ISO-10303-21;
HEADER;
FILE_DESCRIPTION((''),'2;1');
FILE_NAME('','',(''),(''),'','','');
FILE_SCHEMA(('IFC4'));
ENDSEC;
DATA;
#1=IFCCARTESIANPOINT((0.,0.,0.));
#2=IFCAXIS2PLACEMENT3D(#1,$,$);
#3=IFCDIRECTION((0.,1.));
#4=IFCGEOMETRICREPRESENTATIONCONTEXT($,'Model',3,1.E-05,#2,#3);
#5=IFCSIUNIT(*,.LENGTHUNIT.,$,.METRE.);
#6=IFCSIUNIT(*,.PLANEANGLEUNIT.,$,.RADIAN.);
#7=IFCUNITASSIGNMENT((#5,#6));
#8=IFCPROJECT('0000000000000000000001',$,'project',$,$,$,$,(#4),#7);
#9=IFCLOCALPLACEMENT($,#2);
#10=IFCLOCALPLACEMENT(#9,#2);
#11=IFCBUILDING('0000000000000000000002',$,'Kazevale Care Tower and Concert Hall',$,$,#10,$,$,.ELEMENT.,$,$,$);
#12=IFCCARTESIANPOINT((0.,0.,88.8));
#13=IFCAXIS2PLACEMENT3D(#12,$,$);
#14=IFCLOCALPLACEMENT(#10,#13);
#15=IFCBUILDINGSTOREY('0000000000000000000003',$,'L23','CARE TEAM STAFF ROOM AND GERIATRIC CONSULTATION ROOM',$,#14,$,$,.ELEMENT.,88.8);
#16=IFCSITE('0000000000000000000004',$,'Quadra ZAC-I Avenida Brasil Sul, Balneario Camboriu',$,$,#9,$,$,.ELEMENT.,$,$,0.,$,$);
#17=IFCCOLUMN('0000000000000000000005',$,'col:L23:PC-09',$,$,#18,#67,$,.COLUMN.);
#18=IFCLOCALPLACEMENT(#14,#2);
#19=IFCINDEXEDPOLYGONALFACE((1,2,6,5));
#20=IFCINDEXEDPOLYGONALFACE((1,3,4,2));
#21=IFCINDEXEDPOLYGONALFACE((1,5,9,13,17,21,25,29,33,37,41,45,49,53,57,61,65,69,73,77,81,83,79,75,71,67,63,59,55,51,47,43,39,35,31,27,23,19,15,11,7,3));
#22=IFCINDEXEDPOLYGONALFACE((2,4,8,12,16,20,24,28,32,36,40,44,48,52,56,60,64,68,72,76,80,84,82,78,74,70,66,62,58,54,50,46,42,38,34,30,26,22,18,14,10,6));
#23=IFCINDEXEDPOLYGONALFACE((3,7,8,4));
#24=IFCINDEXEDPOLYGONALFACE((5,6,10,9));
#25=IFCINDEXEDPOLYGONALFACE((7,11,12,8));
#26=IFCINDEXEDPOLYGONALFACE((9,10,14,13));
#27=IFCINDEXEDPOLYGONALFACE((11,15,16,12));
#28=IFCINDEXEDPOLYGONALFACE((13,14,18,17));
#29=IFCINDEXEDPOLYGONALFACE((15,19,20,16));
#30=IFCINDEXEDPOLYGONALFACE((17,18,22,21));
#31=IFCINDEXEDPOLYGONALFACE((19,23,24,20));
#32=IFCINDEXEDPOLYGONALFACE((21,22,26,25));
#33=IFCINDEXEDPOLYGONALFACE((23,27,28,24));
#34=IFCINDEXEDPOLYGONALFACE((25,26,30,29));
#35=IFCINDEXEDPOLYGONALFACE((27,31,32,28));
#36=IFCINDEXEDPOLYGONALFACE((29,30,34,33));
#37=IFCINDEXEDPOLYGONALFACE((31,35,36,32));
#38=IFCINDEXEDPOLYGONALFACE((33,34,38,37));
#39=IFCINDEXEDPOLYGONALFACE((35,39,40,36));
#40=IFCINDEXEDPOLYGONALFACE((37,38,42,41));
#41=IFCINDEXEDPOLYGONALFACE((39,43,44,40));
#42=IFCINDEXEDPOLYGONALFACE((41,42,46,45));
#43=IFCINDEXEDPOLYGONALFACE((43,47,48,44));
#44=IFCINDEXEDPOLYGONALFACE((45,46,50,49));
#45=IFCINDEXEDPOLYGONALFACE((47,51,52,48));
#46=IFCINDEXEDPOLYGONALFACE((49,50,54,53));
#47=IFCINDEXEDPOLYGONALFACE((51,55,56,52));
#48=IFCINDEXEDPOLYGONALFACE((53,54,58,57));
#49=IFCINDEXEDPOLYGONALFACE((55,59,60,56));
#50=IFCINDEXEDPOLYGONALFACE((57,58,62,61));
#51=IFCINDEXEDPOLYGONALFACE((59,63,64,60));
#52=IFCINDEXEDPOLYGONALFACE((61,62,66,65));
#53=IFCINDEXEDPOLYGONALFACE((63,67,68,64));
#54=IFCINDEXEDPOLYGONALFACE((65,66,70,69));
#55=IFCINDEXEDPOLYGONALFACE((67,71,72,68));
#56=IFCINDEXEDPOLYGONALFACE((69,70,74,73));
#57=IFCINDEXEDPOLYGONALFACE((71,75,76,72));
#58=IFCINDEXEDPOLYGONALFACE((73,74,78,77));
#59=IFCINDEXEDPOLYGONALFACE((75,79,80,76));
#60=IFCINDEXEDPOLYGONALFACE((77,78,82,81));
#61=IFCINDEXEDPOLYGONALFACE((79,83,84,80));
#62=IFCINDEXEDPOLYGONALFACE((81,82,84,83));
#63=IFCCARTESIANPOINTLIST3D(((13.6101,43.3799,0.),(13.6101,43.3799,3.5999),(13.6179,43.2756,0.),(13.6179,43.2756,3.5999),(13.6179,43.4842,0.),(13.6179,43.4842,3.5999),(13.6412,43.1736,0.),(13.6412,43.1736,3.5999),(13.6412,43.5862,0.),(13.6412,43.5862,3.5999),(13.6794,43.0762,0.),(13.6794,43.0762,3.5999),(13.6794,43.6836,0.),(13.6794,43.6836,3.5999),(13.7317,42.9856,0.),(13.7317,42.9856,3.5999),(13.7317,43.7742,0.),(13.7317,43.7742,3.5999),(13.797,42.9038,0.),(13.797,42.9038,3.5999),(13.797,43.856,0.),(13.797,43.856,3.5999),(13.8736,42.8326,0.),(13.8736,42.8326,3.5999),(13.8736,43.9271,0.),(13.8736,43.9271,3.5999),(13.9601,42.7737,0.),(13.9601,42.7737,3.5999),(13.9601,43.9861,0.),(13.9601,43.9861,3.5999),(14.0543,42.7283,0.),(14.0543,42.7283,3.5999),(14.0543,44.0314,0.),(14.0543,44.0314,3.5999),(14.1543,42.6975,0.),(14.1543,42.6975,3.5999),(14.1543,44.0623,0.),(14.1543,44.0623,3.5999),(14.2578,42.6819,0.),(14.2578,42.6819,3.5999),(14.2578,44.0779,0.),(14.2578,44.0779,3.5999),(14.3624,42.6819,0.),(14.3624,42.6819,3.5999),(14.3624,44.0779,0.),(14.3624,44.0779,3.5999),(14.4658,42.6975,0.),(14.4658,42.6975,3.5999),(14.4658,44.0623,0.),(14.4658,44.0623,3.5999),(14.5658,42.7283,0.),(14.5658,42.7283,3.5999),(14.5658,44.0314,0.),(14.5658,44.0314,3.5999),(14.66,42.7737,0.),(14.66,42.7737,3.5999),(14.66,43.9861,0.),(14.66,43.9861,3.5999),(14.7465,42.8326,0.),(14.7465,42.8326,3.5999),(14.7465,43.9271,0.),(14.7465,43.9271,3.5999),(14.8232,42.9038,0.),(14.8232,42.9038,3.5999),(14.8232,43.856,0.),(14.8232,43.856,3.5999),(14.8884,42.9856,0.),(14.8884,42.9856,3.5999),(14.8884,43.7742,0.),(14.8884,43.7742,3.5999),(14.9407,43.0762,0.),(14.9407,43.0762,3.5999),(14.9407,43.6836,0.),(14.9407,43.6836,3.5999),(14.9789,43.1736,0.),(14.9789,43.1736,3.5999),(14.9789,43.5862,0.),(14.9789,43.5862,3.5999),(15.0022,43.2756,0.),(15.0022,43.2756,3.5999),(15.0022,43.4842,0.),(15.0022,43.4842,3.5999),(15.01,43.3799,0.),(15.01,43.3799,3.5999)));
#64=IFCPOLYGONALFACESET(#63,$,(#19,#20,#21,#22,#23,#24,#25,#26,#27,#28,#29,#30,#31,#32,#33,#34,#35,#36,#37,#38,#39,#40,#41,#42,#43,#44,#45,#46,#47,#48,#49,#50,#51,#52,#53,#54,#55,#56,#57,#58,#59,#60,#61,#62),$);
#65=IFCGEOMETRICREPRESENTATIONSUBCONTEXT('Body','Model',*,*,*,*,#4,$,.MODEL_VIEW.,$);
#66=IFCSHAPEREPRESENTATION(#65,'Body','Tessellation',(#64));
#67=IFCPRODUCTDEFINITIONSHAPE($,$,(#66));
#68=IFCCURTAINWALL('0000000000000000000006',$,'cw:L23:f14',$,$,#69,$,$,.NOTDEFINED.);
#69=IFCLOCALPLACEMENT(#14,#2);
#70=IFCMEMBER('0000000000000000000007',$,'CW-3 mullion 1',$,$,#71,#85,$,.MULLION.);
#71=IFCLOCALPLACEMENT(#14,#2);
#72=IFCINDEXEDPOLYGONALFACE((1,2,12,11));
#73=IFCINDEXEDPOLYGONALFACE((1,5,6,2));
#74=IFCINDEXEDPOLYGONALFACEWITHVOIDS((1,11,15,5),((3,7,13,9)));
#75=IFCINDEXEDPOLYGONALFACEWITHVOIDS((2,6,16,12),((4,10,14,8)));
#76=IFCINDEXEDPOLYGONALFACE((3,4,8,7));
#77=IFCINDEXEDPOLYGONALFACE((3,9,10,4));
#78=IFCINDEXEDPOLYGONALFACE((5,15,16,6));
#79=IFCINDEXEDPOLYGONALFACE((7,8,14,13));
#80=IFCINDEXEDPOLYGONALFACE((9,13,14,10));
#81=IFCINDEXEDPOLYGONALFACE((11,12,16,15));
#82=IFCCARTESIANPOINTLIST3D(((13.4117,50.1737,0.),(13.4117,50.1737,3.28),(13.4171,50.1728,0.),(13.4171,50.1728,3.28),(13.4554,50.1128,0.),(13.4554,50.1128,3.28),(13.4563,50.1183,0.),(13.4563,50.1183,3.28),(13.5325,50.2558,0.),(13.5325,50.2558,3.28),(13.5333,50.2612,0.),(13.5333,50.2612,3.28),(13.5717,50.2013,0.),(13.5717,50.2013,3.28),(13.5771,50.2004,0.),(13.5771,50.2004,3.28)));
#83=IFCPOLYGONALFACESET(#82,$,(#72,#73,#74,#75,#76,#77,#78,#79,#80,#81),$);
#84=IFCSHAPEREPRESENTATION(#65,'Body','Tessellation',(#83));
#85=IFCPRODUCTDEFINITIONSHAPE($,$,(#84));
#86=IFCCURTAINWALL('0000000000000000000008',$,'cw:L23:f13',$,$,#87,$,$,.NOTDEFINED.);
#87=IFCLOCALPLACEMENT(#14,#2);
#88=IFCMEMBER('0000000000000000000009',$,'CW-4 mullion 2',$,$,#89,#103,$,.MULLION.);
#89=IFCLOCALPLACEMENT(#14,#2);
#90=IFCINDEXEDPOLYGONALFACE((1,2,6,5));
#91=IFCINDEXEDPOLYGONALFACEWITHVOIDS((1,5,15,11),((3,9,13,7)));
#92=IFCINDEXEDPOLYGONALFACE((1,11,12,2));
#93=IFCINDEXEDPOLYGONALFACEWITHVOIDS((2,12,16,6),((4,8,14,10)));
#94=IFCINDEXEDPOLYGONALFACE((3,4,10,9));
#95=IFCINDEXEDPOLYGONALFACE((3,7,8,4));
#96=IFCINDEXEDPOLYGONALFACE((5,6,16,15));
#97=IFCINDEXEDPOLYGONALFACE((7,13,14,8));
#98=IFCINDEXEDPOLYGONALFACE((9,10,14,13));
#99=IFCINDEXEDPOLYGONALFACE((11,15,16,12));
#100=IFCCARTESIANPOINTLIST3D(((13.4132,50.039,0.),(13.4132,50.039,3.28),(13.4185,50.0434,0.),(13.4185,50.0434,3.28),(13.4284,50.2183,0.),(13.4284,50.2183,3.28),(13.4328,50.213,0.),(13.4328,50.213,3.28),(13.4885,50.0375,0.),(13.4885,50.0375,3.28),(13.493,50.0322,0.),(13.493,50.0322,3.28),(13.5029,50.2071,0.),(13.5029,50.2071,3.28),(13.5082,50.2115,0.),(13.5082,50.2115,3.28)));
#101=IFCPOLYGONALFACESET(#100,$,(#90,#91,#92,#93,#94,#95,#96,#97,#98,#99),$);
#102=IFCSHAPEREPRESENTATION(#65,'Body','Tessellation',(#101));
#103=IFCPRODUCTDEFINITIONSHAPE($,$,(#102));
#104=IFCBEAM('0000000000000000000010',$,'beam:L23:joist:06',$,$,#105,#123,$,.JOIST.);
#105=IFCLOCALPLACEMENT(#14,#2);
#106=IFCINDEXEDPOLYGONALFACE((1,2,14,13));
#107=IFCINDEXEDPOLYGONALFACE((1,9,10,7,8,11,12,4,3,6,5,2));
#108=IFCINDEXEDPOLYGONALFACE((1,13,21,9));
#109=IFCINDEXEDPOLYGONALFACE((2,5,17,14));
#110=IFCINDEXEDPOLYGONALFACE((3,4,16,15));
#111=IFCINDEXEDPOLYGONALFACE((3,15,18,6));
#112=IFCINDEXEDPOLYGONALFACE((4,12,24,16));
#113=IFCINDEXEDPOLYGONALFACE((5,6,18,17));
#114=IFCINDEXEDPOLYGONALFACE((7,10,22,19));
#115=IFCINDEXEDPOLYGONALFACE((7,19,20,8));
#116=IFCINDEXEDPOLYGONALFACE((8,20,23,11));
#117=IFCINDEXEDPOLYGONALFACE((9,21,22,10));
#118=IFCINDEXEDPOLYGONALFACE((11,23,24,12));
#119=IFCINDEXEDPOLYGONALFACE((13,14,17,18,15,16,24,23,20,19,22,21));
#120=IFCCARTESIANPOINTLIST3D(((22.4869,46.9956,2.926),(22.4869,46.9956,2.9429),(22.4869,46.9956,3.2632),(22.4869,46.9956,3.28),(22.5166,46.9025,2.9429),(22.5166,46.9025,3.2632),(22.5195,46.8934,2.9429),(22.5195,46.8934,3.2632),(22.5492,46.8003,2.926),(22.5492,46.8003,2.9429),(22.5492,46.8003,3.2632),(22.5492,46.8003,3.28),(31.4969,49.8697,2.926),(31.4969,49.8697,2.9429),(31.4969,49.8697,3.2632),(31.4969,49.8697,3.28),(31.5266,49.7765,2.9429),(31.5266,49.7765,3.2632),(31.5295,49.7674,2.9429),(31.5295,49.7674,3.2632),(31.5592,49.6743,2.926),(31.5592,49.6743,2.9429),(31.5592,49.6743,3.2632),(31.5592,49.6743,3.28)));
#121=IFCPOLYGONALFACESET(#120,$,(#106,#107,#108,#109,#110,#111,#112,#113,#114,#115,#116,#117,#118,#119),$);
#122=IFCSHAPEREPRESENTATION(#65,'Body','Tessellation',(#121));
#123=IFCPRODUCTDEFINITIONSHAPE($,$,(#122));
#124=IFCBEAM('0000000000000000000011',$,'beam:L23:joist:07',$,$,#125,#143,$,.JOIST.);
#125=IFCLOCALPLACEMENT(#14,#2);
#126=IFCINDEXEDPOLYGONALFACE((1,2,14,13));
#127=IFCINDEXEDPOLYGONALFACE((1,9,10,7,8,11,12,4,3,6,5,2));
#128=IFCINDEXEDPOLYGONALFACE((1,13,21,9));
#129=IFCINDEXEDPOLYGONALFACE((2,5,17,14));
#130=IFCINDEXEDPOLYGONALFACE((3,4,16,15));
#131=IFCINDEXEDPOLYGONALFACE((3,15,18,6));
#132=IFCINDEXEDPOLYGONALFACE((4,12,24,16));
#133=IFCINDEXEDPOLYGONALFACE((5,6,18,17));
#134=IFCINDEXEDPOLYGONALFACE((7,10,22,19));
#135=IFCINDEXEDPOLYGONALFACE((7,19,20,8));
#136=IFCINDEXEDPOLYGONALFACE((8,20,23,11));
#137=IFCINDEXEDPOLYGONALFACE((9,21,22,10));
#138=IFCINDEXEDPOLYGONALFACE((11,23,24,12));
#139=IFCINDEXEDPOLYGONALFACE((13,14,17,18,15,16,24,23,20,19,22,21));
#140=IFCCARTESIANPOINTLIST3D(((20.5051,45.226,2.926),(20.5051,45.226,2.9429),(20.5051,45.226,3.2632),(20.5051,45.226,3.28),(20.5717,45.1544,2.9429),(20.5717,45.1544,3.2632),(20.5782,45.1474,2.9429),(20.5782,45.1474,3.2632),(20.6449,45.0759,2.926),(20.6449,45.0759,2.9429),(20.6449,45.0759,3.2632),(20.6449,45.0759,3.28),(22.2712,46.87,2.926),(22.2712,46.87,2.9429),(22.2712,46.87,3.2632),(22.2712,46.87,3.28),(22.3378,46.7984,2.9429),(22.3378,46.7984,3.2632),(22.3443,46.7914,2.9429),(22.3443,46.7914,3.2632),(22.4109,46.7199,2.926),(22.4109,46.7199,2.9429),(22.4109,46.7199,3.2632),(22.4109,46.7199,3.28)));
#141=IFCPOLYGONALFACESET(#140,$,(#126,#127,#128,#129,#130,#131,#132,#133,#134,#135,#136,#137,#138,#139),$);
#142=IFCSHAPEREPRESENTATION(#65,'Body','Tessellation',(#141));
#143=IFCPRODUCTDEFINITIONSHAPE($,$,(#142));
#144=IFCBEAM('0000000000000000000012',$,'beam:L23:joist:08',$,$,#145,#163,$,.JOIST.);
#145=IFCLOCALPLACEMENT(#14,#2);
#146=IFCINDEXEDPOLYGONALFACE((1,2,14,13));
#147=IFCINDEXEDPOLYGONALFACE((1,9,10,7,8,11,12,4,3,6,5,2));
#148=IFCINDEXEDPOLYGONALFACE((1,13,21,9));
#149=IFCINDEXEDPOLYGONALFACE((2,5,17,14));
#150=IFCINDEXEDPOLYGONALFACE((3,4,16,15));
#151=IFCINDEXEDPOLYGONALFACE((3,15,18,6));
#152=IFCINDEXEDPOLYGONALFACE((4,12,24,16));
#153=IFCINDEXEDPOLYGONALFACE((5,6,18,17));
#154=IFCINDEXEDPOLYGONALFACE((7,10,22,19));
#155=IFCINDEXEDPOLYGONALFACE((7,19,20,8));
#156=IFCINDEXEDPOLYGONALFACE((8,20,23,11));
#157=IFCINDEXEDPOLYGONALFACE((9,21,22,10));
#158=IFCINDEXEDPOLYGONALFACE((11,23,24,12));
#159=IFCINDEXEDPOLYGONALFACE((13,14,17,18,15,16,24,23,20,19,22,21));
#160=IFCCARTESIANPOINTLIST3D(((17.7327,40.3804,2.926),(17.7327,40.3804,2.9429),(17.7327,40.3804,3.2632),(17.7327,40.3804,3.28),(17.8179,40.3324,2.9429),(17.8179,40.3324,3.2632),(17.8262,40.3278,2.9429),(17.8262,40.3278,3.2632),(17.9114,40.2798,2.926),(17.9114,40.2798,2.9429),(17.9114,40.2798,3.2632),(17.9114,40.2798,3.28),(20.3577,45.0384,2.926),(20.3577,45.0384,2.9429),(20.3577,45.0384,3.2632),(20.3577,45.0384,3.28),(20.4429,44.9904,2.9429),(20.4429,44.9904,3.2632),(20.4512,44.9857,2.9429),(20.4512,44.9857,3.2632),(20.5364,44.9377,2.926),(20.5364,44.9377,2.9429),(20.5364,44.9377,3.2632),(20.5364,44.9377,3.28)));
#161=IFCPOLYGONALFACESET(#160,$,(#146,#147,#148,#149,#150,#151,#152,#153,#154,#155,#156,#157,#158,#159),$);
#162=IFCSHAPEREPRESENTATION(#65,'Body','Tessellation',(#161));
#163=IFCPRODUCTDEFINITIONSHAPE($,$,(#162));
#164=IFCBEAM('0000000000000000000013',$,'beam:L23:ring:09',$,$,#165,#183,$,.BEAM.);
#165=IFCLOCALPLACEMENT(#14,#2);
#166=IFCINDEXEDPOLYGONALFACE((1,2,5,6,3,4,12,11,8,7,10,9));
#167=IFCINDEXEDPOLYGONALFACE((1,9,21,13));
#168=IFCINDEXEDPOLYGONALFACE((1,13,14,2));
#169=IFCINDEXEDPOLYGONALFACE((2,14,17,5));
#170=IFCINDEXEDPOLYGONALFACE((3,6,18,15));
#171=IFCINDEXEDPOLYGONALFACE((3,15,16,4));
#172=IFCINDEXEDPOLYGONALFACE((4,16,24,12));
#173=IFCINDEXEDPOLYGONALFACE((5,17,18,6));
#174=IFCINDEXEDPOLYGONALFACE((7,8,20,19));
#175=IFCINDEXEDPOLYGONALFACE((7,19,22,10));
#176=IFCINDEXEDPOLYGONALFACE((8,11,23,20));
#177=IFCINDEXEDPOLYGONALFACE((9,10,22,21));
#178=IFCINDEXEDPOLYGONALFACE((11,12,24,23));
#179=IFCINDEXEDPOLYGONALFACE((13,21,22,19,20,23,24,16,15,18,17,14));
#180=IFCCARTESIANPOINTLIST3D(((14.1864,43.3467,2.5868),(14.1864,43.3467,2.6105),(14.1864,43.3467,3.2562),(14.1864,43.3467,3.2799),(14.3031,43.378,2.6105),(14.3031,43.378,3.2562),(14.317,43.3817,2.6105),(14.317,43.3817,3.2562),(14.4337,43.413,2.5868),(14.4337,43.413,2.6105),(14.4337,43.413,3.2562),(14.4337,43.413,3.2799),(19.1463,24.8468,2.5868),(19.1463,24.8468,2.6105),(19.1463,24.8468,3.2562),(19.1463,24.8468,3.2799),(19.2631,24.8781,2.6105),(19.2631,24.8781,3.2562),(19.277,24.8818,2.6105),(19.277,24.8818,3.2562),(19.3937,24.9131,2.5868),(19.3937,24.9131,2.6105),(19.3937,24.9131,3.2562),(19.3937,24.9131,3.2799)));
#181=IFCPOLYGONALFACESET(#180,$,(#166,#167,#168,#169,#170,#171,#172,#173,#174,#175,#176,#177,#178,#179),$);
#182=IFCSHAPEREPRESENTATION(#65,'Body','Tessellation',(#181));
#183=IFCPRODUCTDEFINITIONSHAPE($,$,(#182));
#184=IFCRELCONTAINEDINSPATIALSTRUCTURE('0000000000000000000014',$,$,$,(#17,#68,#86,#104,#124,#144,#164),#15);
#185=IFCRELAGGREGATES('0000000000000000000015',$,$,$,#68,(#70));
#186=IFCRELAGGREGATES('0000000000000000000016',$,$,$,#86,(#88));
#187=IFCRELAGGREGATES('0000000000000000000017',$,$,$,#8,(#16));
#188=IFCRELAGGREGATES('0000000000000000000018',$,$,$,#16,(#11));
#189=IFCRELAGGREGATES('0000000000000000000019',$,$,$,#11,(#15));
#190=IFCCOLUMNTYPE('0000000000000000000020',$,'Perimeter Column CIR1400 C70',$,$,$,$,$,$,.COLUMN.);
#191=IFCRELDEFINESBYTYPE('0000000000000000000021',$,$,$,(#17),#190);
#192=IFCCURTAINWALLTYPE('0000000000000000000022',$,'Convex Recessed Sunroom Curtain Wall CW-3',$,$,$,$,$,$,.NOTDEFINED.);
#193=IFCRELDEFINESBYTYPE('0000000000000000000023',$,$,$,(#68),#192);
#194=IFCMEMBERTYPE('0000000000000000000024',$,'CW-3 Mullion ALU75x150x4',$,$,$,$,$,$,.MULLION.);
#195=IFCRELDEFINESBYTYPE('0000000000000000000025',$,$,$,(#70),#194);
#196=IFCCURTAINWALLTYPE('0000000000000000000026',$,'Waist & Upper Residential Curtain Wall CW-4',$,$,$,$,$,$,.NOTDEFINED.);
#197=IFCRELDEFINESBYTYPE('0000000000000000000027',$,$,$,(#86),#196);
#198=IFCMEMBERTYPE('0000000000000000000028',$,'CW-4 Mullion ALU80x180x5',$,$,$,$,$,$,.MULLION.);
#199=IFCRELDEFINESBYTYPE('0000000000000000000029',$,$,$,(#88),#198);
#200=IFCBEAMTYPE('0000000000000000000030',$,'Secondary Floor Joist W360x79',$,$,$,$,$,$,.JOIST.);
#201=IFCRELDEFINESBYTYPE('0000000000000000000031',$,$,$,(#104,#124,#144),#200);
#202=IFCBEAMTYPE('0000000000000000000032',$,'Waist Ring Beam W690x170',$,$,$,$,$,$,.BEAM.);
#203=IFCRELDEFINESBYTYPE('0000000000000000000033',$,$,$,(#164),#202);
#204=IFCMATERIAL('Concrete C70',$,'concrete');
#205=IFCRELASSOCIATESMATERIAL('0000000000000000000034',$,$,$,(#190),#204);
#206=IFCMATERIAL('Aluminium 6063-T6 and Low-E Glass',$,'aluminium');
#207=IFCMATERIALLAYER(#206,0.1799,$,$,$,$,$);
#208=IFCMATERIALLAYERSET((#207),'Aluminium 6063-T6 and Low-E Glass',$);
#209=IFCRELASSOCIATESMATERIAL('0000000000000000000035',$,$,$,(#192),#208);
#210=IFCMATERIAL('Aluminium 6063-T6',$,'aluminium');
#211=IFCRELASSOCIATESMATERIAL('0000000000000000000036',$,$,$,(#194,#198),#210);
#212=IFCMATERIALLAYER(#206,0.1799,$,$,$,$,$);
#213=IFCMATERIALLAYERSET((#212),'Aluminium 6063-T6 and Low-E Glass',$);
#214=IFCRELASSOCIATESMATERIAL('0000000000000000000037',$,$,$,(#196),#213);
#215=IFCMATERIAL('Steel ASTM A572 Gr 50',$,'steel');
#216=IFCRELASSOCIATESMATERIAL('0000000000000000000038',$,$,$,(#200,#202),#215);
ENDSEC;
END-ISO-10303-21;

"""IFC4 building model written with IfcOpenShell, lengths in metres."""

from ifc_helpers import new_model, si_unit, direction, frame, origin, origin_2d, place, context, subcontext, project, spatial, hollow_rectangle, circle, i_section, extrude, material, layer, layer_set, material_profile, profile_set, type_object, element, aggregate, save


model = new_model("IFC4")

# Units and contexts
model_context = context("Model", 3, precision=1e-05, world=origin(), true_north=direction((0.0, 1.0)))
body_context = subcontext(model_context, "Body", "Model", "MODEL_VIEW")
ifc_project = project(units=[si_unit("LENGTHUNIT", "METRE"), si_unit("PLANEANGLEUNIT", "RADIAN")], contexts=[model_context])

# Site, building, storey
site_placement = place(None, origin())
site = spatial("IfcSite", under=ifc_project, at=site_placement, Name="Quadra ZAC-I Avenida Brasil Sul, Balneario Camboriu", CompositionType="ELEMENT", RefElevation=0.0)
building_placement = place(site_placement, origin())
building = spatial("IfcBuilding", under=site, at=building_placement, Name="Kazevale Care Tower and Concert Hall", CompositionType="ELEMENT")
storey_placement = place(building_placement, frame((0.0, 0.0, 88.8)))
storey = spatial("IfcBuildingStorey", under=building, at=storey_placement, Name="L23", Description="CARE TEAM STAFF ROOM AND GERIATRIC CONSULTATION ROOM", CompositionType="ELEMENT", Elevation=88.8)

# Column
ifc_material_1 = material(Name="Concrete C70", Category="concrete")
ifc_material_profile_1 = material_profile(ifc_material_1, circle(Radius=0.7, at=origin_2d()), Name="RC-CIR1400")
ifc_profile_set_1 = profile_set([ifc_material_profile_1], Name="Concrete C70")
column_type = type_object("IfcColumnType", Name="Perimeter Column CIR1400 C70", PredefinedType="COLUMN", material=ifc_profile_set_1)
column_placement = place(storey_placement, frame((14.3101, 43.3799, 0.0), z_axis=(0.0, 0.0, 1.0), x_axis=(1.0, 0.0, 0.0)))
element("IfcColumn", 1, at=column_placement, inside=storey, type_object=column_type, Name="col:L23:PC-09", PredefinedType="COLUMN", context=body_context, shape_type="SweptSolid", body=[
    extrude(circle(Radius=0.7, at=origin_2d()), origin(), (0.0, 0.0, 1.0), 3.5999),
])

# Curtain walls, members
ifc_material_2 = material(Name="Aluminium 6063-T6 and Low-E Glass", Category="aluminium")
ifc_layer_1 = layer(ifc_material_2, 0.1799)
ifc_layer_set_1 = layer_set([ifc_layer_1], Name="Aluminium 6063-T6 and Low-E Glass")
curtain_wall_type_1 = type_object("IfcCurtainWallType", Name="Convex Recessed Sunroom Curtain Wall CW-3", PredefinedType="NOTDEFINED", material=ifc_layer_set_1)
curtain_wall_1_placement = place(storey_placement, origin())
curtain_wall_1 = element("IfcCurtainWall", 2, at=curtain_wall_1_placement, inside=storey, type_object=curtain_wall_type_1, Name="cw:L23:f14", PredefinedType="NOTDEFINED")
ifc_material_3 = material(Name="Aluminium 6063-T6", Category="aluminium")
ifc_material_profile_2 = material_profile(ifc_material_3, hollow_rectangle(XDim=0.075, YDim=0.1499, WallThickness=0.0039, at=origin_2d()), Name="ALU75x150x4")
ifc_profile_set_2 = profile_set([ifc_material_profile_2], Name="Aluminium 6063-T6")
member_type_1 = type_object("IfcMemberType", Name="CW-3 Mullion ALU75x150x4", PredefinedType="MULLION", material=ifc_profile_set_2)
member_1_placement = place(storey_placement, frame((13.4944, 50.187, 0.0), z_axis=(0.0, 0.0, 1.0), x_axis=(-0.583994, 0.811758, 0.0)))
member_1 = element("IfcMember", 3, at=member_1_placement, type_object=member_type_1, Name="CW-3 mullion 1", PredefinedType="MULLION", context=body_context, shape_type="SweptSolid", body=[
    extrude(hollow_rectangle(XDim=0.075, YDim=0.1499, WallThickness=0.0039, at=origin_2d()), origin(), (0.0, 0.0, 1.0), 3.28),
])
aggregate(curtain_wall_1, [member_1])
ifc_layer_2 = layer(ifc_material_2, 0.1799)
ifc_layer_set_2 = layer_set([ifc_layer_2], Name="Aluminium 6063-T6 and Low-E Glass")
curtain_wall_type_2 = type_object("IfcCurtainWallType", Name="Waist & Upper Residential Curtain Wall CW-4", PredefinedType="NOTDEFINED", material=ifc_layer_set_2)
curtain_wall_2_placement = place(storey_placement, origin())
curtain_wall_2 = element("IfcCurtainWall", 4, at=curtain_wall_2_placement, inside=storey, type_object=curtain_wall_type_2, Name="cw:L23:f13", PredefinedType="NOTDEFINED")
ifc_material_profile_3 = material_profile(ifc_material_3, hollow_rectangle(XDim=0.0801, YDim=0.1799, WallThickness=0.0049, at=origin_2d()), Name="ALU80x180x5")
ifc_profile_set_3 = profile_set([ifc_material_profile_3], Name="Aluminium 6063-T6")
member_type_2 = type_object("IfcMemberType", Name="CW-4 Mullion ALU80x180x5", PredefinedType="MULLION", material=ifc_profile_set_3)
member_2_placement = place(storey_placement, frame((13.4607, 50.1252, 0.0), z_axis=(0.0, 0.0, 1.0), x_axis=(-0.996431, 0.084413, 0.0)))
member_2 = element("IfcMember", 5, at=member_2_placement, type_object=member_type_2, Name="CW-4 mullion 2", PredefinedType="MULLION", context=body_context, shape_type="SweptSolid", body=[
    extrude(hollow_rectangle(XDim=0.0801, YDim=0.1799, WallThickness=0.0049, at=origin_2d()), origin(), (0.0, 0.0, 1.0), 3.28),
])

# Beams
ifc_material_4 = material(Name="Steel ASTM A572 Gr 50", Category="steel")
ifc_material_profile_4 = material_profile(ifc_material_4, i_section(OverallWidth=0.2051, OverallDepth=0.354, WebThickness=0.0095, FlangeThickness=0.0168, at=origin_2d()), Name="W360x79")
ifc_profile_set_4 = profile_set([ifc_material_profile_4], Name="Steel ASTM A572 Gr 50")
beam_type_1 = type_object("IfcBeamType", Name="Secondary Floor Joist W360x79", PredefinedType="JOIST", material=ifc_profile_set_4)
beam_1_placement = place(storey_placement, frame((31.5281, 49.772, 3.103), z_axis=(-0.952705, -0.303895, 0.0), x_axis=(0.303895, -0.952705, 0.0)))
element("IfcBeam", 6, at=beam_1_placement, inside=storey, type_object=beam_type_1, Name="beam:L23:joist:06", PredefinedType="JOIST", context=body_context, shape_type="SweptSolid", body=[
    extrude(i_section(OverallWidth=0.2051, OverallDepth=0.354, WebThickness=0.0095, FlangeThickness=0.0168, at=origin_2d()), origin(), (0.0, 0.0, 1.0), 9.4573),
])
beam_2_placement = place(storey_placement, frame((22.3411, 46.7949, 3.103), z_axis=(-0.73195, -0.681359, 0.0), x_axis=(0.681359, -0.73195, 0.0)))
element("IfcBeam", 7, at=beam_2_placement, inside=storey, type_object=beam_type_1, Name="beam:L23:joist:07", PredefinedType="JOIST", context=body_context, shape_type="SweptSolid", body=[
    extrude(i_section(OverallWidth=0.2051, OverallDepth=0.354, WebThickness=0.0095, FlangeThickness=0.0168, at=origin_2d()), origin(), (0.0, 0.0, 1.0), 2.4128),
])
beam_3_placement = place(storey_placement, frame((20.447, 44.988, 3.103), z_axis=(-0.490957, -0.871184, 0.0), x_axis=(0.871184, -0.490957, 0.0)))
element("IfcBeam", 8, at=beam_3_placement, inside=storey, type_object=beam_type_1, Name="beam:L23:joist:08", PredefinedType="JOIST", context=body_context, shape_type="SweptSolid", body=[
    extrude(i_section(OverallWidth=0.2051, OverallDepth=0.354, WebThickness=0.0095, FlangeThickness=0.0168, at=origin_2d()), origin(), (0.0, 0.0, 1.0), 5.3467),
])
ifc_material_profile_5 = material_profile(ifc_material_4, i_section(OverallWidth=0.2561, OverallDepth=0.6931, WebThickness=0.0144, FlangeThickness=0.0237, at=origin_2d()), Name="W690x170")
ifc_profile_set_5 = profile_set([ifc_material_profile_5], Name="Steel ASTM A572 Gr 50")
beam_type_2 = type_object("IfcBeamType", Name="Waist Ring Beam W690x170", PredefinedType="BEAM", material=ifc_profile_set_5)
beam_4_placement = place(storey_placement, frame((14.3101, 43.3799, 2.9333), z_axis=(0.25896, -0.965888, 0.0), x_axis=(0.965888, 0.25896, 0.0)))
element("IfcBeam", 9, at=beam_4_placement, inside=storey, type_object=beam_type_2, Name="beam:L23:ring:09", PredefinedType="BEAM", context=body_context, shape_type="SweptSolid", body=[
    extrude(i_section(OverallWidth=0.2561, OverallDepth=0.6931, WebThickness=0.0144, FlangeThickness=0.0237, at=origin_2d()), origin(), (0.0, 0.0, 1.0), 19.1533),
])

aggregate(curtain_wall_2, [member_2])

save(model, "model.ifc")
